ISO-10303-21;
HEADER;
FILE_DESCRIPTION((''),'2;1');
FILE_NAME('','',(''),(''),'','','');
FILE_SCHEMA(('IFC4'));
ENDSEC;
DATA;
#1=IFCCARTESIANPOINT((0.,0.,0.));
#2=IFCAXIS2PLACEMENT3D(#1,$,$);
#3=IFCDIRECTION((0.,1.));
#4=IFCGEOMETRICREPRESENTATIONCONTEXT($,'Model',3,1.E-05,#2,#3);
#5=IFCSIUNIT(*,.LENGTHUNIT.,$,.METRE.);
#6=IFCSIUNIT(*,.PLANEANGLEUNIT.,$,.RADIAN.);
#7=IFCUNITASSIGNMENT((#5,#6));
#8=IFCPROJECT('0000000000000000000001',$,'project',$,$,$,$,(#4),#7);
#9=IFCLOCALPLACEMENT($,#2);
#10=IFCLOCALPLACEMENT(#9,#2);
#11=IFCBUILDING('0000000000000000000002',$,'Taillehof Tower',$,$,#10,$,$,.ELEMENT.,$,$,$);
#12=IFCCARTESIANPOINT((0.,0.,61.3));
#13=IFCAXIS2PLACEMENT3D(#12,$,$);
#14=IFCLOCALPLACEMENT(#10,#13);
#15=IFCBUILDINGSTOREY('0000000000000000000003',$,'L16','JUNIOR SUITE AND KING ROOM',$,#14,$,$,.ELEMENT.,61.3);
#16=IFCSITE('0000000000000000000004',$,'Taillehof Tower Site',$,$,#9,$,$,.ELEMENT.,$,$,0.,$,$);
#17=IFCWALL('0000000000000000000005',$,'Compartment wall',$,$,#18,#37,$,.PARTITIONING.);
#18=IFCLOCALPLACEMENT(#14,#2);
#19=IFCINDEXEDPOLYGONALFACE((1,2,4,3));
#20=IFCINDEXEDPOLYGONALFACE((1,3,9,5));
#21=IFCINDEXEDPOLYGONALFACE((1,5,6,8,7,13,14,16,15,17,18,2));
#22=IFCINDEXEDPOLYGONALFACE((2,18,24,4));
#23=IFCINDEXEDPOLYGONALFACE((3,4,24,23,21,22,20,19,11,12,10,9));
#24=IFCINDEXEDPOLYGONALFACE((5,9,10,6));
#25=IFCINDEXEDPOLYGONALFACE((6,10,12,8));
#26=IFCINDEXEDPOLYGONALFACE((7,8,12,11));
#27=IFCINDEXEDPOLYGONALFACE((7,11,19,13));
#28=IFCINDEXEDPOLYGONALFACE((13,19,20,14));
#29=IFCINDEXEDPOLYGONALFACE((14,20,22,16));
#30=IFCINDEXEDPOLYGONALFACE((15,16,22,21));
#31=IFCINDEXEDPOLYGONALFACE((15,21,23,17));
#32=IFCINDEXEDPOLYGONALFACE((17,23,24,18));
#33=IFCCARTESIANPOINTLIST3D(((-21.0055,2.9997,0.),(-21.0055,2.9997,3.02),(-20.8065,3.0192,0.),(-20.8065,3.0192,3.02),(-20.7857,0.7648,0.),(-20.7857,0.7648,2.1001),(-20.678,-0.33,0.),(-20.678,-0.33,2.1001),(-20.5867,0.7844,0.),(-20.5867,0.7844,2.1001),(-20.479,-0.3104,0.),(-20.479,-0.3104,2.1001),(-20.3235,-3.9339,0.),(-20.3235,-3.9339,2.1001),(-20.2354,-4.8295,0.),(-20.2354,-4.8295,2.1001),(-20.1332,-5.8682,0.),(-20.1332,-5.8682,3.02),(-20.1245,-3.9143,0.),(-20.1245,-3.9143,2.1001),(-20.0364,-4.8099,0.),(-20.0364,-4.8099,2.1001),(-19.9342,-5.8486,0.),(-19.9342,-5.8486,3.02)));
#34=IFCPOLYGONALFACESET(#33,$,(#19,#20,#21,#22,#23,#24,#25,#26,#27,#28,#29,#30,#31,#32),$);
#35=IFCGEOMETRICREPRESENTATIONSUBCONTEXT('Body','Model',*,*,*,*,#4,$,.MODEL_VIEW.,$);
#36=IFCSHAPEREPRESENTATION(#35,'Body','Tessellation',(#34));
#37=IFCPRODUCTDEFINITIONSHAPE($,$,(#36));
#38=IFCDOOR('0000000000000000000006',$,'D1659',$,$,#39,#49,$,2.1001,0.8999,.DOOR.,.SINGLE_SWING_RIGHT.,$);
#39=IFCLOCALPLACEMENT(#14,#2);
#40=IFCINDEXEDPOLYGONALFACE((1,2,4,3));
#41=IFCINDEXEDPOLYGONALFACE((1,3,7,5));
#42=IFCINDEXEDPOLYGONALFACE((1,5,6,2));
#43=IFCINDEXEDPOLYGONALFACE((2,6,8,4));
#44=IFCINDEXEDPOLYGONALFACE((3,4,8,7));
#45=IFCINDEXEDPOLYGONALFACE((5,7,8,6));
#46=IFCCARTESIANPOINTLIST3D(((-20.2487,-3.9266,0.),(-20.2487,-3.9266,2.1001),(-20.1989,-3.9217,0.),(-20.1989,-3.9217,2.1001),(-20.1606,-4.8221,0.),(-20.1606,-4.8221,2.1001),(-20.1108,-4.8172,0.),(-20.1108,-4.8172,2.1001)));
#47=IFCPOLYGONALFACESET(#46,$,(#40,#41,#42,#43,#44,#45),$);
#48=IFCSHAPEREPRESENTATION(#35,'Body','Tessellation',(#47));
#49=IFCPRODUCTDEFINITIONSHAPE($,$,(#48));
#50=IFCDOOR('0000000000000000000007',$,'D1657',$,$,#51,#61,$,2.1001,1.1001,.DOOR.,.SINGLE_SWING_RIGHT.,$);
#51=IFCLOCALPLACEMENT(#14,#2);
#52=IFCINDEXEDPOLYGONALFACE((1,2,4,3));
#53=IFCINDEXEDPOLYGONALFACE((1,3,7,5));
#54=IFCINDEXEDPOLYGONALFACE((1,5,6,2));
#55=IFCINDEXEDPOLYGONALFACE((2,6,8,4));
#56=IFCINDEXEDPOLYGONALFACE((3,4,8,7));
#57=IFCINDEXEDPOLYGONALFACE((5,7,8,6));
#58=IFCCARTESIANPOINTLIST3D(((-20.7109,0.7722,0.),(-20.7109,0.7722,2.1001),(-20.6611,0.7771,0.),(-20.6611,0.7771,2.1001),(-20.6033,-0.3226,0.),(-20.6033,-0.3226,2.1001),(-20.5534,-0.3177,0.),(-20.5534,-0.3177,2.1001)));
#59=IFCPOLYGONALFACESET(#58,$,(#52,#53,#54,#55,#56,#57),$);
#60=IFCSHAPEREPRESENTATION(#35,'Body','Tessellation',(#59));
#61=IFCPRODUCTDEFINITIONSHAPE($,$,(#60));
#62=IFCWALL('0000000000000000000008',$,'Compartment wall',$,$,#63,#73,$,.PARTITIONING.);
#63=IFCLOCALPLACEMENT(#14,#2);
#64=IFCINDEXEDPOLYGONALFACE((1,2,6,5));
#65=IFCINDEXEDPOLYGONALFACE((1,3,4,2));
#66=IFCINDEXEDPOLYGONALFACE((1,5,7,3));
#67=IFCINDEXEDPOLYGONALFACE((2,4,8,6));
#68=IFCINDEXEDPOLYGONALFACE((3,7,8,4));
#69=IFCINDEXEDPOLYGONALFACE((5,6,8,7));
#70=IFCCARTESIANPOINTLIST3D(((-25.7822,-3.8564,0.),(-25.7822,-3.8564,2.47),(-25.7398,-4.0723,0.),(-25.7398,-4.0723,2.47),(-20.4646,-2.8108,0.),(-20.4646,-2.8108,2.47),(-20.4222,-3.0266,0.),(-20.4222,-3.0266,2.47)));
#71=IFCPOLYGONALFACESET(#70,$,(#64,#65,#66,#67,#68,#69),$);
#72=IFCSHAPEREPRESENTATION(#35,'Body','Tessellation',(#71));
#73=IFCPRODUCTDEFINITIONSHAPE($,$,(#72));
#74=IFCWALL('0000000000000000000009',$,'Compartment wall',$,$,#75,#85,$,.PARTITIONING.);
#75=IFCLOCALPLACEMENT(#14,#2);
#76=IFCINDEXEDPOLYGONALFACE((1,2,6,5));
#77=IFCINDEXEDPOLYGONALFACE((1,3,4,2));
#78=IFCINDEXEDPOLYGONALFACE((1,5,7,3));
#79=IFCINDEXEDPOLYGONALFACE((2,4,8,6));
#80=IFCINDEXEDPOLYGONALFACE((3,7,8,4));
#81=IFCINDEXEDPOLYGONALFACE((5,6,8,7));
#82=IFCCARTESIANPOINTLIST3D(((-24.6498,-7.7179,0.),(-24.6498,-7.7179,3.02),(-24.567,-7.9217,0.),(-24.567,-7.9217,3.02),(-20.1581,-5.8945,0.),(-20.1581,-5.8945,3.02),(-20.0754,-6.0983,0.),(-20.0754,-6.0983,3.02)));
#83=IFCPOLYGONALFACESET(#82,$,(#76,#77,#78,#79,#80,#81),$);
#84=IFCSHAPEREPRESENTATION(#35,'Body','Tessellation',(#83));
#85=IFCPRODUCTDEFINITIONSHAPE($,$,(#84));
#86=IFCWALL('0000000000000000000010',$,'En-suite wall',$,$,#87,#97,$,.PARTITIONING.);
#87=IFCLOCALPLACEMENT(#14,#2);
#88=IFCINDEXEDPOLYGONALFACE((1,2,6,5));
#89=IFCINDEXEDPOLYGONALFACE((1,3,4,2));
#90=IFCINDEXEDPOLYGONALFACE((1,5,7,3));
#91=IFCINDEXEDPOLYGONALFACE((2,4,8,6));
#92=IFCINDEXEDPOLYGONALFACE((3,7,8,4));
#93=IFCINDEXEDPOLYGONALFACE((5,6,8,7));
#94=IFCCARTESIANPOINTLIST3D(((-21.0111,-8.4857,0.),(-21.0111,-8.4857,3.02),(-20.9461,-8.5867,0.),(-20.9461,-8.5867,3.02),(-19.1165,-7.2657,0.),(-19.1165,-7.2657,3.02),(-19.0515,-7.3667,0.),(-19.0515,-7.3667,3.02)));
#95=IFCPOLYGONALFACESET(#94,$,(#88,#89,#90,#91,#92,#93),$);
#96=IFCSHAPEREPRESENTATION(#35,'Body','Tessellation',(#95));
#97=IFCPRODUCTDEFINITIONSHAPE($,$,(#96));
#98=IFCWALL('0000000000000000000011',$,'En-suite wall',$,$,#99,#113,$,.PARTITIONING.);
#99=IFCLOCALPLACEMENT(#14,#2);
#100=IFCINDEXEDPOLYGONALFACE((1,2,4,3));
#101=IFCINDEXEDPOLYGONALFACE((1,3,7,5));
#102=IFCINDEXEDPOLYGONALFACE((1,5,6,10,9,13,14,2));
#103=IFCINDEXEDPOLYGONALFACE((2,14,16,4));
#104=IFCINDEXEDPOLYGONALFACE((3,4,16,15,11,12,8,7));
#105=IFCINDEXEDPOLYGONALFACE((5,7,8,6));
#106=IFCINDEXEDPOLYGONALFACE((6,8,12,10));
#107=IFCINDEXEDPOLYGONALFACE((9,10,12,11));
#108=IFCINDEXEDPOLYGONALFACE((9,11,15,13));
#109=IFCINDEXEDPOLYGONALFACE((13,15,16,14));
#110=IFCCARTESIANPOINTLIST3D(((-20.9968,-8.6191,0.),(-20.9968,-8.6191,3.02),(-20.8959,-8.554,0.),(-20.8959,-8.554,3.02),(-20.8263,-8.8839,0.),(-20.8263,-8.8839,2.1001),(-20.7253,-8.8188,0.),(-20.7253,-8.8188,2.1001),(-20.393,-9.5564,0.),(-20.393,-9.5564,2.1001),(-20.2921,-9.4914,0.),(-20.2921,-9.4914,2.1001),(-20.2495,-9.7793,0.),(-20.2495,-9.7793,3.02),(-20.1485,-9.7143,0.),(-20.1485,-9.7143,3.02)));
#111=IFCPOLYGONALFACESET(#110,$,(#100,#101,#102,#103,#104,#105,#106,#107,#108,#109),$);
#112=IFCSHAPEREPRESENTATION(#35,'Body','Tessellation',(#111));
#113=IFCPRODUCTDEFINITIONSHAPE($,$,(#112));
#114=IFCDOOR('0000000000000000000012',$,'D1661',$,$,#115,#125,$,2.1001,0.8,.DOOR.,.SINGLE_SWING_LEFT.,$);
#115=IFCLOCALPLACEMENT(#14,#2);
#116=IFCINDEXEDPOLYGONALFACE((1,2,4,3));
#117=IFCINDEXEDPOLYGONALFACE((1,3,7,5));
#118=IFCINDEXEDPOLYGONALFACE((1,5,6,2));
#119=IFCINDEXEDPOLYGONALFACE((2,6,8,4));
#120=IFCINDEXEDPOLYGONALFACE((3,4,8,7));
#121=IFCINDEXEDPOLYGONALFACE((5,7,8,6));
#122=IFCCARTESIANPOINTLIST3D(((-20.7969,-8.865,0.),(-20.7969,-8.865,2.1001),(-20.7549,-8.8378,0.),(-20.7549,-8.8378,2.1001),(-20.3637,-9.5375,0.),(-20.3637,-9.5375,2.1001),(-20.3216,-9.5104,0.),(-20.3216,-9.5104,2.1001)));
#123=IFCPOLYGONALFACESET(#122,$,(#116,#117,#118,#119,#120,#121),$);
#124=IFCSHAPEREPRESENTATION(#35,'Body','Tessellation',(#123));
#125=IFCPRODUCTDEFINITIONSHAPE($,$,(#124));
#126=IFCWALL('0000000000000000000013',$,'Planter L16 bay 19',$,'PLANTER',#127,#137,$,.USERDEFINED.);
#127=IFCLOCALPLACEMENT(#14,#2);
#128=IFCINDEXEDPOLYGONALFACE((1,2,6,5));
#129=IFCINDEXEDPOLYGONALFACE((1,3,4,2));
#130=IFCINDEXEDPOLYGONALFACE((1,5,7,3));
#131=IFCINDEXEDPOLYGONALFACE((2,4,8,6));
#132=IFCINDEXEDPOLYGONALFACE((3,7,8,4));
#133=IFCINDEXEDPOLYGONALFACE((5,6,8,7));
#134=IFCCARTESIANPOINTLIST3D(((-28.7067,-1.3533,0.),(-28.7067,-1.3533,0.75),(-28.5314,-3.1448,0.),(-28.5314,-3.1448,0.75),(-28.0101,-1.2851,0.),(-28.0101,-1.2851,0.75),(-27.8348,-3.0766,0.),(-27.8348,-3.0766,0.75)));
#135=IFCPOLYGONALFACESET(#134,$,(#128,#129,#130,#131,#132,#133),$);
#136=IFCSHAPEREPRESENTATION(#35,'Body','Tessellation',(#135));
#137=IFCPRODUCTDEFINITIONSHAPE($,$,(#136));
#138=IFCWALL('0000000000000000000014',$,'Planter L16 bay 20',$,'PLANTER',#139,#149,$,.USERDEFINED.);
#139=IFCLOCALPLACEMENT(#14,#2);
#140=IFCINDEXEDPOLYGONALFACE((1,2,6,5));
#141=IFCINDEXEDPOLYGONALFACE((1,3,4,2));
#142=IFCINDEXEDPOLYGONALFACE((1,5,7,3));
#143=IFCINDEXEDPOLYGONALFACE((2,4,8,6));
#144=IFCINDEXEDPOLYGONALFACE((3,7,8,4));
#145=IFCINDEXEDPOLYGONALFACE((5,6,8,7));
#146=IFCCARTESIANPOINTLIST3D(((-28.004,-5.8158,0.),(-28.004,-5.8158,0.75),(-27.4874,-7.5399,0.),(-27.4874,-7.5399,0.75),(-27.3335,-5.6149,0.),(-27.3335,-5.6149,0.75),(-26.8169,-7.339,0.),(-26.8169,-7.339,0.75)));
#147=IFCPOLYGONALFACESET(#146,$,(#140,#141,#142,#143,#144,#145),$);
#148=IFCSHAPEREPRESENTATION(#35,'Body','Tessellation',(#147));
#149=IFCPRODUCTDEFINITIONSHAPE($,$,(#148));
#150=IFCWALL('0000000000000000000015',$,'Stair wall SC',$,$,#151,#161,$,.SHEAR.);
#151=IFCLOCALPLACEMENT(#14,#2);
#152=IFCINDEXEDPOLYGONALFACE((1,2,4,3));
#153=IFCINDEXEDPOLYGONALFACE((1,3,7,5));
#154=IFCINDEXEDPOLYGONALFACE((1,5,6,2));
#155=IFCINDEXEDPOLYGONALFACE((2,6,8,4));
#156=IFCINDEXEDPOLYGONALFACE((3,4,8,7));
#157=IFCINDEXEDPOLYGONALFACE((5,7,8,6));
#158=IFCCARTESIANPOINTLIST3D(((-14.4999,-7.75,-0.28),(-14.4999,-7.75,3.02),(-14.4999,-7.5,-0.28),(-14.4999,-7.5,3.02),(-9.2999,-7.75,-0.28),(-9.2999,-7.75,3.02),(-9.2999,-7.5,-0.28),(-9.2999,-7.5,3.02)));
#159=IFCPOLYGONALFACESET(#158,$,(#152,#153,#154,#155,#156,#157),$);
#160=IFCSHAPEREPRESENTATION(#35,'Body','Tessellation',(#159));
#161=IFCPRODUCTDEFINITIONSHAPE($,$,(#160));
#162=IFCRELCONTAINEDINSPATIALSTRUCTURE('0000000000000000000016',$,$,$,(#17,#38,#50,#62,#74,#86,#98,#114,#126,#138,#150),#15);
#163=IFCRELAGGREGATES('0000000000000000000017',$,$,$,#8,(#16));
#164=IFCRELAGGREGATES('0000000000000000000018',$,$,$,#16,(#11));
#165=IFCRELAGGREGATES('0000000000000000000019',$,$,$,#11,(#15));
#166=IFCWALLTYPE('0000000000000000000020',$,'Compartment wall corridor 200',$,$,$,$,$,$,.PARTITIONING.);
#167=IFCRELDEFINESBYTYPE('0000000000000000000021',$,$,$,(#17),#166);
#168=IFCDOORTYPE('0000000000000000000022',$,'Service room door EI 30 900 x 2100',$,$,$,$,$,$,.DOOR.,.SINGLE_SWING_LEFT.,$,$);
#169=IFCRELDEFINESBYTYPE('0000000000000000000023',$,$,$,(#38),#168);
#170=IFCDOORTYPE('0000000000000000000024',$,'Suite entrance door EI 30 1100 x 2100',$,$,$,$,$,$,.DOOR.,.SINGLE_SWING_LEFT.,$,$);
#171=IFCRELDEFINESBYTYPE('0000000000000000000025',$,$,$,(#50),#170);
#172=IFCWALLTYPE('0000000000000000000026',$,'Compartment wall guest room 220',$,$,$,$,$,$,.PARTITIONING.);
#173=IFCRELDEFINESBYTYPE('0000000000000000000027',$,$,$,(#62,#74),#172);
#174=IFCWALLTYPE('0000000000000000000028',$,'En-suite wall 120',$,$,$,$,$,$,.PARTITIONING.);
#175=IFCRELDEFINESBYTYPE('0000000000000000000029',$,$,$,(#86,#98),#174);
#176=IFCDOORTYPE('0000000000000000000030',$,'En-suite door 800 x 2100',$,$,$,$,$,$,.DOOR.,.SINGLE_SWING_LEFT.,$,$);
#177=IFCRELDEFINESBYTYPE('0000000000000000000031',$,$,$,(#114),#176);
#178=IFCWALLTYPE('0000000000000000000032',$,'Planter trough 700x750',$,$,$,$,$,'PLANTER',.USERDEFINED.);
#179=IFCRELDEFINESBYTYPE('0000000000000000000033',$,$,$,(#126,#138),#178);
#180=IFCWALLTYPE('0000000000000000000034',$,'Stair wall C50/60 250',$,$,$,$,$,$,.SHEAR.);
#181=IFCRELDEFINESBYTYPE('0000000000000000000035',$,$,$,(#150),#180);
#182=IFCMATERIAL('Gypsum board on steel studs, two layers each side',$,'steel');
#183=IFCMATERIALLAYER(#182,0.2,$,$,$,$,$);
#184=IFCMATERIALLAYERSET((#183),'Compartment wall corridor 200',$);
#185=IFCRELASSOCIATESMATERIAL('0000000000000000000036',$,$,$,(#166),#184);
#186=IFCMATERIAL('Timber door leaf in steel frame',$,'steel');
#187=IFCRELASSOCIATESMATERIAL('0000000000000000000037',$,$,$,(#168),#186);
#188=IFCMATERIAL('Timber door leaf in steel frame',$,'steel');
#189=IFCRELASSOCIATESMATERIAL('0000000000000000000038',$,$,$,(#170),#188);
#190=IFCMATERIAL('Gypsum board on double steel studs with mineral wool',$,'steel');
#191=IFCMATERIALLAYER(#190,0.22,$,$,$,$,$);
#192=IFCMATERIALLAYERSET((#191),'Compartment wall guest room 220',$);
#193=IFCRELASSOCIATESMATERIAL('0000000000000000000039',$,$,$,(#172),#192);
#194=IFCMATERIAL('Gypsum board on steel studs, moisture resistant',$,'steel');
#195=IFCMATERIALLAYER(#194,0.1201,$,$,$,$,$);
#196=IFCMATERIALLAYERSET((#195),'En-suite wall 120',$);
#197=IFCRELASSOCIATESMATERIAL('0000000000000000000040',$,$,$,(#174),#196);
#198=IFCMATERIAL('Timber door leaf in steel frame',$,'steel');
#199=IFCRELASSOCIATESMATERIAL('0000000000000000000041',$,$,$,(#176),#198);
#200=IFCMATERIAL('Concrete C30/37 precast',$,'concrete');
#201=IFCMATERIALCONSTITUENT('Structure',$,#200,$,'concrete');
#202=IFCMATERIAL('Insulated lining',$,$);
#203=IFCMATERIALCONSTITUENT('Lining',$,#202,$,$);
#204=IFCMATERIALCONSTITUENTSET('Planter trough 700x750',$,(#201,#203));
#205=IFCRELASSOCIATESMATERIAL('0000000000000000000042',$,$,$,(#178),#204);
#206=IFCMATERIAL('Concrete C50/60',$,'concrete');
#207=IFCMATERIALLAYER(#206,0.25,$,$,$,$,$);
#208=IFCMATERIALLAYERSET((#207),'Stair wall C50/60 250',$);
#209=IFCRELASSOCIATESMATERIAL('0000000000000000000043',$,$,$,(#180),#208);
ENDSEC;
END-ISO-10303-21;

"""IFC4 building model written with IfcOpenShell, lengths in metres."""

from ifc_helpers import new_model, si_unit, direction, frame, frame_2d, origin, place, context, subcontext, project, spatial, rectangle, extrude, material, layer, layer_set, constituent, constituent_set, type_object, element, fill, save


model = new_model("IFC4")

# Units and contexts
model_context = context("Model", 3, precision=1e-05, world=origin(), true_north=direction((0.0, 1.0)))
body_context = subcontext(model_context, "Body", "Model", "MODEL_VIEW")
ifc_project = project(units=[si_unit("LENGTHUNIT", "METRE"), si_unit("PLANEANGLEUNIT", "RADIAN")], contexts=[model_context])

# Site, building, storey
site_placement = place(None, origin())
site = spatial("IfcSite", under=ifc_project, at=site_placement, Name="Taillehof Tower Site", CompositionType="ELEMENT", RefElevation=0.0)
building_placement = place(site_placement, origin())
building = spatial("IfcBuilding", under=site, at=building_placement, Name="Taillehof Tower", CompositionType="ELEMENT")
storey_placement = place(building_placement, frame((0.0, 0.0, 61.3)))
storey = spatial("IfcBuildingStorey", under=building, at=storey_placement, Name="L16", Description="JUNIOR SUITE AND KING ROOM", CompositionType="ELEMENT", Elevation=61.3)

# Wall, openings, doors
ifc_material_1 = material(Name="Gypsum board on steel studs, two layers each side", Category="steel")
ifc_layer_1 = layer(ifc_material_1, 0.2)
ifc_layer_set_1 = layer_set([ifc_layer_1], Name="Compartment wall corridor 200")
wall_type_1 = type_object("IfcWallType", Name="Compartment wall corridor 200", PredefinedType="PARTITIONING", material=ifc_layer_set_1)
wall_1_placement = place(storey_placement, frame((-20.0337, -5.8584, 0.0), z_axis=(0.0, 0.0, 1.0), x_axis=(-0.097895, 0.995197, 0.0)))
wall_1 = element("IfcWall", 1, at=wall_1_placement, inside=storey, type_object=wall_type_1, Name="Compartment wall", PredefinedType="PARTITIONING", context=body_context, shape_type="SweptSolid", body=[
    extrude(rectangle(XDim=8.9106, YDim=0.2, at=frame_2d((4.4553, 0.0))), origin(), (0.0, 0.0, 1.0), 3.02),
])
opening_1_placement = place(wall_1_placement, frame((5.5649, 0.0, 0.0)))
opening_1 = element("IfcOpeningElement", 2, at=opening_1_placement, cuts=wall_1, PredefinedType="OPENING", context=body_context, shape_type="SweptSolid", body=[
    extrude(rectangle(XDim=1.1001, YDim=2.1001, at=frame_2d((0.55, 1.05))), frame((0.0, 0.1099, 0.0), z_axis=(0.0, -1.0, 0.0), x_axis=(1.0, 0.0, 0.0)), (0.0, 0.0, 1.0), 0.22),
])
opening_2_placement = place(wall_1_placement, frame((1.0437, 0.0, 0.0)))
opening_2 = element("IfcOpeningElement", 3, at=opening_2_placement, cuts=wall_1, PredefinedType="OPENING", context=body_context, shape_type="SweptSolid", body=[
    extrude(rectangle(XDim=0.8999, YDim=2.1001, at=frame_2d((0.45, 1.05))), frame((0.0, 0.1099, 0.0), z_axis=(0.0, -1.0, 0.0), x_axis=(1.0, 0.0, 0.0)), (0.0, 0.0, 1.0), 0.22),
])
ifc_material_2 = material(Name="Timber door leaf in steel frame", Category="steel")
door_type_1 = type_object("IfcDoorType", Name="Service room door EI 30 900 x 2100", OperationType="SINGLE_SWING_LEFT", PredefinedType="DOOR", material=ifc_material_2)
door_1_placement = place(opening_2_placement, origin())
door_1 = element("IfcDoor", 4, at=door_1_placement, inside=storey, type_object=door_type_1, Name="D1659", OperationType="SINGLE_SWING_RIGHT", OverallHeight=2.1001, OverallWidth=0.8999, PredefinedType="DOOR", context=body_context, shape_type="SweptSolid", body=[
    extrude(rectangle(XDim=0.8999, YDim=2.1001, at=frame_2d((0.45, 1.05))), frame((0.0, 0.0249, 0.0), z_axis=(0.0, -1.0, 0.0), x_axis=(1.0, 0.0, 0.0)), (0.0, 0.0, 1.0), 0.05),
])
fill(opening_2, door_1)
ifc_material_3 = material(Name="Timber door leaf in steel frame", Category="steel")
door_type_2 = type_object("IfcDoorType", Name="Suite entrance door EI 30 1100 x 2100", OperationType="SINGLE_SWING_LEFT", PredefinedType="DOOR", material=ifc_material_3)
door_2_placement = place(opening_1_placement, origin())
door_2 = element("IfcDoor", 5, at=door_2_placement, inside=storey, type_object=door_type_2, Name="D1657", OperationType="SINGLE_SWING_RIGHT", OverallHeight=2.1001, OverallWidth=1.1001, PredefinedType="DOOR", context=body_context, shape_type="SweptSolid", body=[
    extrude(rectangle(XDim=1.1001, YDim=2.1001, at=frame_2d((0.55, 1.05))), frame((0.0, 0.0249, 0.0), z_axis=(0.0, -1.0, 0.0), x_axis=(1.0, 0.0, 0.0)), (0.0, 0.0, 1.0), 0.05),
])
fill(opening_1, door_2)

# Walls
ifc_material_4 = material(Name="Gypsum board on double steel studs with mineral wool", Category="steel")
ifc_layer_2 = layer(ifc_material_4, 0.22)
ifc_layer_set_2 = layer_set([ifc_layer_2], Name="Compartment wall guest room 220")
wall_type_2 = type_object("IfcWallType", Name="Compartment wall guest room 220", PredefinedType="PARTITIONING", material=ifc_layer_set_2)
wall_2_placement = place(storey_placement, frame((-25.761, -3.9644, 0.0), z_axis=(0.0, 0.0, 1.0), x_axis=(0.98121, 0.192944, 0.0)))
element("IfcWall", 6, at=wall_2_placement, inside=storey, type_object=wall_type_2, Name="Compartment wall", PredefinedType="PARTITIONING", context=body_context, shape_type="SweptSolid", body=[
    extrude(rectangle(XDim=5.4194, YDim=0.22, at=frame_2d((2.7097, 0.0))), origin(), (0.0, 0.0, 1.0), 2.47),
])
wall_3_placement = place(storey_placement, frame((-24.6084, -7.8198, 0.0), z_axis=(0.0, 0.0, 1.0), x_axis=(0.926558, 0.376153, 0.0)))
element("IfcWall", 7, at=wall_3_placement, inside=storey, type_object=wall_type_2, Name="Compartment wall", PredefinedType="PARTITIONING", context=body_context, shape_type="SweptSolid", body=[
    extrude(rectangle(XDim=4.8477, YDim=0.22, at=frame_2d((2.4238, 0.0))), origin(), (0.0, 0.0, 1.0), 3.02),
])
ifc_material_5 = material(Name="Gypsum board on steel studs, moisture resistant", Category="steel")
ifc_layer_3 = layer(ifc_material_5, 0.1201)
ifc_layer_set_3 = layer_set([ifc_layer_3], Name="En-suite wall 120")
wall_type_3 = type_object("IfcWallType", Name="En-suite wall 120", PredefinedType="PARTITIONING", material=ifc_layer_set_3)
wall_4_placement = place(storey_placement, frame((-19.084, -7.3162, 0.0), z_axis=(0.0, 0.0, 1.0), x_axis=(-0.840763, -0.541404, 0.0)))
element("IfcWall", 8, at=wall_4_placement, inside=storey, type_object=wall_type_3, Name="En-suite wall", PredefinedType="PARTITIONING", context=body_context, shape_type="SweptSolid", body=[
    extrude(rectangle(XDim=2.2534, YDim=0.1201, at=frame_2d((1.1267, 0.0))), origin(), (0.0, 0.0, 1.0), 3.02),
])

# Wall, opening, door
wall_5_placement = place(storey_placement, frame((-20.9463, -8.5867, 0.0), z_axis=(0.0, 0.0, 1.0), x_axis=(0.541526, -0.840684, 0.0)))
wall_5 = element("IfcWall", 9, at=wall_5_placement, inside=storey, type_object=wall_type_3, Name="En-suite wall", PredefinedType="PARTITIONING", context=body_context, shape_type="SweptSolid", body=[
    extrude(rectangle(XDim=1.3801, YDim=0.1201, at=frame_2d((0.6899, 0.0))), origin(), (0.0, 0.0, 1.0), 3.02),
])
opening_3_placement = place(wall_5_placement, frame((0.3149, 0.0, 0.0)))
opening_3 = element("IfcOpeningElement", 10, at=opening_3_placement, cuts=wall_5, PredefinedType="OPENING", context=body_context, shape_type="SweptSolid", body=[
    extrude(rectangle(XDim=0.8, YDim=2.1001, at=frame_2d((0.3999, 1.05))), frame((0.0, 0.0701, 0.0), z_axis=(0.0, -1.0, 0.0), x_axis=(1.0, 0.0, 0.0)), (0.0, 0.0, 1.0), 0.1401),
])
ifc_material_6 = material(Name="Timber door leaf in steel frame", Category="steel")
door_type_3 = type_object("IfcDoorType", Name="En-suite door 800 x 2100", OperationType="SINGLE_SWING_LEFT", PredefinedType="DOOR", material=ifc_material_6)
door_3_placement = place(opening_3_placement, origin())
door_3 = element("IfcDoor", 11, at=door_3_placement, inside=storey, type_object=door_type_3, Name="D1661", OperationType="SINGLE_SWING_LEFT", OverallHeight=2.1001, OverallWidth=0.8, PredefinedType="DOOR", context=body_context, shape_type="SweptSolid", body=[
    extrude(rectangle(XDim=0.8, YDim=2.1001, at=frame_2d((0.3999, 1.05))), frame((0.0, 0.0249, 0.0), z_axis=(0.0, -1.0, 0.0), x_axis=(1.0, 0.0, 0.0)), (0.0, 0.0, 1.0), 0.05),
])
fill(opening_3, door_3)

# Walls
ifc_material_7 = material(Name="Concrete C30/37 precast", Category="concrete")
ifc_constituent_1 = constituent(ifc_material_7, Name="Structure", Category="concrete")
ifc_material_8 = material(Name="Insulated lining")
ifc_constituent_2 = constituent(ifc_material_8, Name="Lining")
ifc_constituent_set = constituent_set(constituents=[ifc_constituent_1, ifc_constituent_2], Name="Planter trough 700x750")
wall_type_4 = type_object("IfcWallType", Name="Planter trough 700x750", ElementType="PLANTER", PredefinedType="USERDEFINED", material=ifc_constituent_set)
wall_6_placement = place(storey_placement, frame((-28.3584, -1.3193, 0.0), z_axis=(0.0, 0.0, 1.0), x_axis=(0.097382, -0.995247, 0.0)))
element("IfcWall", 12, at=wall_6_placement, inside=storey, type_object=wall_type_4, Name="Planter L16 bay 19", ObjectType="PLANTER", PredefinedType="USERDEFINED", context=body_context, shape_type="SweptSolid", body=[
    extrude(rectangle(XDim=1.8, YDim=0.7, at=frame_2d((0.8999, 0.0))), origin(), (0.0, 0.0, 1.0), 0.75),
])
wall_7_placement = place(storey_placement, frame((-27.6687, -5.7153, 0.0), z_axis=(0.0, 0.0, 1.0), x_axis=(0.287024, -0.957923, 0.0)))
element("IfcWall", 13, at=wall_7_placement, inside=storey, type_object=wall_type_4, Name="Planter L16 bay 20", ObjectType="PLANTER", PredefinedType="USERDEFINED", context=body_context, shape_type="SweptSolid", body=[
    extrude(rectangle(XDim=1.7998, YDim=0.7, at=frame_2d((0.8999, 0.0))), origin(), (0.0, 0.0, 1.0), 0.75),
])
ifc_material_9 = material(Name="Concrete C50/60", Category="concrete")
ifc_layer_4 = layer(ifc_material_9, 0.25)
ifc_layer_set_4 = layer_set([ifc_layer_4], Name="Stair wall C50/60 250")
wall_type_5 = type_object("IfcWallType", Name="Stair wall C50/60 250", PredefinedType="SHEAR", material=ifc_layer_set_4)
wall_8_placement = place(storey_placement, frame((-14.5, -7.625, -0.28), z_axis=(0.0, 0.0, 1.0), x_axis=(1.0, 0.0, 0.0)))
element("IfcWall", 14, at=wall_8_placement, inside=storey, type_object=wall_type_5, Name="Stair wall SC", PredefinedType="SHEAR", context=body_context, shape_type="SweptSolid", body=[
    extrude(rectangle(XDim=5.2, YDim=0.25, at=frame_2d((2.6001, 0.0))), origin(), (0.0, 0.0, 1.0), 3.3),
])

save(model, "model.ifc")
